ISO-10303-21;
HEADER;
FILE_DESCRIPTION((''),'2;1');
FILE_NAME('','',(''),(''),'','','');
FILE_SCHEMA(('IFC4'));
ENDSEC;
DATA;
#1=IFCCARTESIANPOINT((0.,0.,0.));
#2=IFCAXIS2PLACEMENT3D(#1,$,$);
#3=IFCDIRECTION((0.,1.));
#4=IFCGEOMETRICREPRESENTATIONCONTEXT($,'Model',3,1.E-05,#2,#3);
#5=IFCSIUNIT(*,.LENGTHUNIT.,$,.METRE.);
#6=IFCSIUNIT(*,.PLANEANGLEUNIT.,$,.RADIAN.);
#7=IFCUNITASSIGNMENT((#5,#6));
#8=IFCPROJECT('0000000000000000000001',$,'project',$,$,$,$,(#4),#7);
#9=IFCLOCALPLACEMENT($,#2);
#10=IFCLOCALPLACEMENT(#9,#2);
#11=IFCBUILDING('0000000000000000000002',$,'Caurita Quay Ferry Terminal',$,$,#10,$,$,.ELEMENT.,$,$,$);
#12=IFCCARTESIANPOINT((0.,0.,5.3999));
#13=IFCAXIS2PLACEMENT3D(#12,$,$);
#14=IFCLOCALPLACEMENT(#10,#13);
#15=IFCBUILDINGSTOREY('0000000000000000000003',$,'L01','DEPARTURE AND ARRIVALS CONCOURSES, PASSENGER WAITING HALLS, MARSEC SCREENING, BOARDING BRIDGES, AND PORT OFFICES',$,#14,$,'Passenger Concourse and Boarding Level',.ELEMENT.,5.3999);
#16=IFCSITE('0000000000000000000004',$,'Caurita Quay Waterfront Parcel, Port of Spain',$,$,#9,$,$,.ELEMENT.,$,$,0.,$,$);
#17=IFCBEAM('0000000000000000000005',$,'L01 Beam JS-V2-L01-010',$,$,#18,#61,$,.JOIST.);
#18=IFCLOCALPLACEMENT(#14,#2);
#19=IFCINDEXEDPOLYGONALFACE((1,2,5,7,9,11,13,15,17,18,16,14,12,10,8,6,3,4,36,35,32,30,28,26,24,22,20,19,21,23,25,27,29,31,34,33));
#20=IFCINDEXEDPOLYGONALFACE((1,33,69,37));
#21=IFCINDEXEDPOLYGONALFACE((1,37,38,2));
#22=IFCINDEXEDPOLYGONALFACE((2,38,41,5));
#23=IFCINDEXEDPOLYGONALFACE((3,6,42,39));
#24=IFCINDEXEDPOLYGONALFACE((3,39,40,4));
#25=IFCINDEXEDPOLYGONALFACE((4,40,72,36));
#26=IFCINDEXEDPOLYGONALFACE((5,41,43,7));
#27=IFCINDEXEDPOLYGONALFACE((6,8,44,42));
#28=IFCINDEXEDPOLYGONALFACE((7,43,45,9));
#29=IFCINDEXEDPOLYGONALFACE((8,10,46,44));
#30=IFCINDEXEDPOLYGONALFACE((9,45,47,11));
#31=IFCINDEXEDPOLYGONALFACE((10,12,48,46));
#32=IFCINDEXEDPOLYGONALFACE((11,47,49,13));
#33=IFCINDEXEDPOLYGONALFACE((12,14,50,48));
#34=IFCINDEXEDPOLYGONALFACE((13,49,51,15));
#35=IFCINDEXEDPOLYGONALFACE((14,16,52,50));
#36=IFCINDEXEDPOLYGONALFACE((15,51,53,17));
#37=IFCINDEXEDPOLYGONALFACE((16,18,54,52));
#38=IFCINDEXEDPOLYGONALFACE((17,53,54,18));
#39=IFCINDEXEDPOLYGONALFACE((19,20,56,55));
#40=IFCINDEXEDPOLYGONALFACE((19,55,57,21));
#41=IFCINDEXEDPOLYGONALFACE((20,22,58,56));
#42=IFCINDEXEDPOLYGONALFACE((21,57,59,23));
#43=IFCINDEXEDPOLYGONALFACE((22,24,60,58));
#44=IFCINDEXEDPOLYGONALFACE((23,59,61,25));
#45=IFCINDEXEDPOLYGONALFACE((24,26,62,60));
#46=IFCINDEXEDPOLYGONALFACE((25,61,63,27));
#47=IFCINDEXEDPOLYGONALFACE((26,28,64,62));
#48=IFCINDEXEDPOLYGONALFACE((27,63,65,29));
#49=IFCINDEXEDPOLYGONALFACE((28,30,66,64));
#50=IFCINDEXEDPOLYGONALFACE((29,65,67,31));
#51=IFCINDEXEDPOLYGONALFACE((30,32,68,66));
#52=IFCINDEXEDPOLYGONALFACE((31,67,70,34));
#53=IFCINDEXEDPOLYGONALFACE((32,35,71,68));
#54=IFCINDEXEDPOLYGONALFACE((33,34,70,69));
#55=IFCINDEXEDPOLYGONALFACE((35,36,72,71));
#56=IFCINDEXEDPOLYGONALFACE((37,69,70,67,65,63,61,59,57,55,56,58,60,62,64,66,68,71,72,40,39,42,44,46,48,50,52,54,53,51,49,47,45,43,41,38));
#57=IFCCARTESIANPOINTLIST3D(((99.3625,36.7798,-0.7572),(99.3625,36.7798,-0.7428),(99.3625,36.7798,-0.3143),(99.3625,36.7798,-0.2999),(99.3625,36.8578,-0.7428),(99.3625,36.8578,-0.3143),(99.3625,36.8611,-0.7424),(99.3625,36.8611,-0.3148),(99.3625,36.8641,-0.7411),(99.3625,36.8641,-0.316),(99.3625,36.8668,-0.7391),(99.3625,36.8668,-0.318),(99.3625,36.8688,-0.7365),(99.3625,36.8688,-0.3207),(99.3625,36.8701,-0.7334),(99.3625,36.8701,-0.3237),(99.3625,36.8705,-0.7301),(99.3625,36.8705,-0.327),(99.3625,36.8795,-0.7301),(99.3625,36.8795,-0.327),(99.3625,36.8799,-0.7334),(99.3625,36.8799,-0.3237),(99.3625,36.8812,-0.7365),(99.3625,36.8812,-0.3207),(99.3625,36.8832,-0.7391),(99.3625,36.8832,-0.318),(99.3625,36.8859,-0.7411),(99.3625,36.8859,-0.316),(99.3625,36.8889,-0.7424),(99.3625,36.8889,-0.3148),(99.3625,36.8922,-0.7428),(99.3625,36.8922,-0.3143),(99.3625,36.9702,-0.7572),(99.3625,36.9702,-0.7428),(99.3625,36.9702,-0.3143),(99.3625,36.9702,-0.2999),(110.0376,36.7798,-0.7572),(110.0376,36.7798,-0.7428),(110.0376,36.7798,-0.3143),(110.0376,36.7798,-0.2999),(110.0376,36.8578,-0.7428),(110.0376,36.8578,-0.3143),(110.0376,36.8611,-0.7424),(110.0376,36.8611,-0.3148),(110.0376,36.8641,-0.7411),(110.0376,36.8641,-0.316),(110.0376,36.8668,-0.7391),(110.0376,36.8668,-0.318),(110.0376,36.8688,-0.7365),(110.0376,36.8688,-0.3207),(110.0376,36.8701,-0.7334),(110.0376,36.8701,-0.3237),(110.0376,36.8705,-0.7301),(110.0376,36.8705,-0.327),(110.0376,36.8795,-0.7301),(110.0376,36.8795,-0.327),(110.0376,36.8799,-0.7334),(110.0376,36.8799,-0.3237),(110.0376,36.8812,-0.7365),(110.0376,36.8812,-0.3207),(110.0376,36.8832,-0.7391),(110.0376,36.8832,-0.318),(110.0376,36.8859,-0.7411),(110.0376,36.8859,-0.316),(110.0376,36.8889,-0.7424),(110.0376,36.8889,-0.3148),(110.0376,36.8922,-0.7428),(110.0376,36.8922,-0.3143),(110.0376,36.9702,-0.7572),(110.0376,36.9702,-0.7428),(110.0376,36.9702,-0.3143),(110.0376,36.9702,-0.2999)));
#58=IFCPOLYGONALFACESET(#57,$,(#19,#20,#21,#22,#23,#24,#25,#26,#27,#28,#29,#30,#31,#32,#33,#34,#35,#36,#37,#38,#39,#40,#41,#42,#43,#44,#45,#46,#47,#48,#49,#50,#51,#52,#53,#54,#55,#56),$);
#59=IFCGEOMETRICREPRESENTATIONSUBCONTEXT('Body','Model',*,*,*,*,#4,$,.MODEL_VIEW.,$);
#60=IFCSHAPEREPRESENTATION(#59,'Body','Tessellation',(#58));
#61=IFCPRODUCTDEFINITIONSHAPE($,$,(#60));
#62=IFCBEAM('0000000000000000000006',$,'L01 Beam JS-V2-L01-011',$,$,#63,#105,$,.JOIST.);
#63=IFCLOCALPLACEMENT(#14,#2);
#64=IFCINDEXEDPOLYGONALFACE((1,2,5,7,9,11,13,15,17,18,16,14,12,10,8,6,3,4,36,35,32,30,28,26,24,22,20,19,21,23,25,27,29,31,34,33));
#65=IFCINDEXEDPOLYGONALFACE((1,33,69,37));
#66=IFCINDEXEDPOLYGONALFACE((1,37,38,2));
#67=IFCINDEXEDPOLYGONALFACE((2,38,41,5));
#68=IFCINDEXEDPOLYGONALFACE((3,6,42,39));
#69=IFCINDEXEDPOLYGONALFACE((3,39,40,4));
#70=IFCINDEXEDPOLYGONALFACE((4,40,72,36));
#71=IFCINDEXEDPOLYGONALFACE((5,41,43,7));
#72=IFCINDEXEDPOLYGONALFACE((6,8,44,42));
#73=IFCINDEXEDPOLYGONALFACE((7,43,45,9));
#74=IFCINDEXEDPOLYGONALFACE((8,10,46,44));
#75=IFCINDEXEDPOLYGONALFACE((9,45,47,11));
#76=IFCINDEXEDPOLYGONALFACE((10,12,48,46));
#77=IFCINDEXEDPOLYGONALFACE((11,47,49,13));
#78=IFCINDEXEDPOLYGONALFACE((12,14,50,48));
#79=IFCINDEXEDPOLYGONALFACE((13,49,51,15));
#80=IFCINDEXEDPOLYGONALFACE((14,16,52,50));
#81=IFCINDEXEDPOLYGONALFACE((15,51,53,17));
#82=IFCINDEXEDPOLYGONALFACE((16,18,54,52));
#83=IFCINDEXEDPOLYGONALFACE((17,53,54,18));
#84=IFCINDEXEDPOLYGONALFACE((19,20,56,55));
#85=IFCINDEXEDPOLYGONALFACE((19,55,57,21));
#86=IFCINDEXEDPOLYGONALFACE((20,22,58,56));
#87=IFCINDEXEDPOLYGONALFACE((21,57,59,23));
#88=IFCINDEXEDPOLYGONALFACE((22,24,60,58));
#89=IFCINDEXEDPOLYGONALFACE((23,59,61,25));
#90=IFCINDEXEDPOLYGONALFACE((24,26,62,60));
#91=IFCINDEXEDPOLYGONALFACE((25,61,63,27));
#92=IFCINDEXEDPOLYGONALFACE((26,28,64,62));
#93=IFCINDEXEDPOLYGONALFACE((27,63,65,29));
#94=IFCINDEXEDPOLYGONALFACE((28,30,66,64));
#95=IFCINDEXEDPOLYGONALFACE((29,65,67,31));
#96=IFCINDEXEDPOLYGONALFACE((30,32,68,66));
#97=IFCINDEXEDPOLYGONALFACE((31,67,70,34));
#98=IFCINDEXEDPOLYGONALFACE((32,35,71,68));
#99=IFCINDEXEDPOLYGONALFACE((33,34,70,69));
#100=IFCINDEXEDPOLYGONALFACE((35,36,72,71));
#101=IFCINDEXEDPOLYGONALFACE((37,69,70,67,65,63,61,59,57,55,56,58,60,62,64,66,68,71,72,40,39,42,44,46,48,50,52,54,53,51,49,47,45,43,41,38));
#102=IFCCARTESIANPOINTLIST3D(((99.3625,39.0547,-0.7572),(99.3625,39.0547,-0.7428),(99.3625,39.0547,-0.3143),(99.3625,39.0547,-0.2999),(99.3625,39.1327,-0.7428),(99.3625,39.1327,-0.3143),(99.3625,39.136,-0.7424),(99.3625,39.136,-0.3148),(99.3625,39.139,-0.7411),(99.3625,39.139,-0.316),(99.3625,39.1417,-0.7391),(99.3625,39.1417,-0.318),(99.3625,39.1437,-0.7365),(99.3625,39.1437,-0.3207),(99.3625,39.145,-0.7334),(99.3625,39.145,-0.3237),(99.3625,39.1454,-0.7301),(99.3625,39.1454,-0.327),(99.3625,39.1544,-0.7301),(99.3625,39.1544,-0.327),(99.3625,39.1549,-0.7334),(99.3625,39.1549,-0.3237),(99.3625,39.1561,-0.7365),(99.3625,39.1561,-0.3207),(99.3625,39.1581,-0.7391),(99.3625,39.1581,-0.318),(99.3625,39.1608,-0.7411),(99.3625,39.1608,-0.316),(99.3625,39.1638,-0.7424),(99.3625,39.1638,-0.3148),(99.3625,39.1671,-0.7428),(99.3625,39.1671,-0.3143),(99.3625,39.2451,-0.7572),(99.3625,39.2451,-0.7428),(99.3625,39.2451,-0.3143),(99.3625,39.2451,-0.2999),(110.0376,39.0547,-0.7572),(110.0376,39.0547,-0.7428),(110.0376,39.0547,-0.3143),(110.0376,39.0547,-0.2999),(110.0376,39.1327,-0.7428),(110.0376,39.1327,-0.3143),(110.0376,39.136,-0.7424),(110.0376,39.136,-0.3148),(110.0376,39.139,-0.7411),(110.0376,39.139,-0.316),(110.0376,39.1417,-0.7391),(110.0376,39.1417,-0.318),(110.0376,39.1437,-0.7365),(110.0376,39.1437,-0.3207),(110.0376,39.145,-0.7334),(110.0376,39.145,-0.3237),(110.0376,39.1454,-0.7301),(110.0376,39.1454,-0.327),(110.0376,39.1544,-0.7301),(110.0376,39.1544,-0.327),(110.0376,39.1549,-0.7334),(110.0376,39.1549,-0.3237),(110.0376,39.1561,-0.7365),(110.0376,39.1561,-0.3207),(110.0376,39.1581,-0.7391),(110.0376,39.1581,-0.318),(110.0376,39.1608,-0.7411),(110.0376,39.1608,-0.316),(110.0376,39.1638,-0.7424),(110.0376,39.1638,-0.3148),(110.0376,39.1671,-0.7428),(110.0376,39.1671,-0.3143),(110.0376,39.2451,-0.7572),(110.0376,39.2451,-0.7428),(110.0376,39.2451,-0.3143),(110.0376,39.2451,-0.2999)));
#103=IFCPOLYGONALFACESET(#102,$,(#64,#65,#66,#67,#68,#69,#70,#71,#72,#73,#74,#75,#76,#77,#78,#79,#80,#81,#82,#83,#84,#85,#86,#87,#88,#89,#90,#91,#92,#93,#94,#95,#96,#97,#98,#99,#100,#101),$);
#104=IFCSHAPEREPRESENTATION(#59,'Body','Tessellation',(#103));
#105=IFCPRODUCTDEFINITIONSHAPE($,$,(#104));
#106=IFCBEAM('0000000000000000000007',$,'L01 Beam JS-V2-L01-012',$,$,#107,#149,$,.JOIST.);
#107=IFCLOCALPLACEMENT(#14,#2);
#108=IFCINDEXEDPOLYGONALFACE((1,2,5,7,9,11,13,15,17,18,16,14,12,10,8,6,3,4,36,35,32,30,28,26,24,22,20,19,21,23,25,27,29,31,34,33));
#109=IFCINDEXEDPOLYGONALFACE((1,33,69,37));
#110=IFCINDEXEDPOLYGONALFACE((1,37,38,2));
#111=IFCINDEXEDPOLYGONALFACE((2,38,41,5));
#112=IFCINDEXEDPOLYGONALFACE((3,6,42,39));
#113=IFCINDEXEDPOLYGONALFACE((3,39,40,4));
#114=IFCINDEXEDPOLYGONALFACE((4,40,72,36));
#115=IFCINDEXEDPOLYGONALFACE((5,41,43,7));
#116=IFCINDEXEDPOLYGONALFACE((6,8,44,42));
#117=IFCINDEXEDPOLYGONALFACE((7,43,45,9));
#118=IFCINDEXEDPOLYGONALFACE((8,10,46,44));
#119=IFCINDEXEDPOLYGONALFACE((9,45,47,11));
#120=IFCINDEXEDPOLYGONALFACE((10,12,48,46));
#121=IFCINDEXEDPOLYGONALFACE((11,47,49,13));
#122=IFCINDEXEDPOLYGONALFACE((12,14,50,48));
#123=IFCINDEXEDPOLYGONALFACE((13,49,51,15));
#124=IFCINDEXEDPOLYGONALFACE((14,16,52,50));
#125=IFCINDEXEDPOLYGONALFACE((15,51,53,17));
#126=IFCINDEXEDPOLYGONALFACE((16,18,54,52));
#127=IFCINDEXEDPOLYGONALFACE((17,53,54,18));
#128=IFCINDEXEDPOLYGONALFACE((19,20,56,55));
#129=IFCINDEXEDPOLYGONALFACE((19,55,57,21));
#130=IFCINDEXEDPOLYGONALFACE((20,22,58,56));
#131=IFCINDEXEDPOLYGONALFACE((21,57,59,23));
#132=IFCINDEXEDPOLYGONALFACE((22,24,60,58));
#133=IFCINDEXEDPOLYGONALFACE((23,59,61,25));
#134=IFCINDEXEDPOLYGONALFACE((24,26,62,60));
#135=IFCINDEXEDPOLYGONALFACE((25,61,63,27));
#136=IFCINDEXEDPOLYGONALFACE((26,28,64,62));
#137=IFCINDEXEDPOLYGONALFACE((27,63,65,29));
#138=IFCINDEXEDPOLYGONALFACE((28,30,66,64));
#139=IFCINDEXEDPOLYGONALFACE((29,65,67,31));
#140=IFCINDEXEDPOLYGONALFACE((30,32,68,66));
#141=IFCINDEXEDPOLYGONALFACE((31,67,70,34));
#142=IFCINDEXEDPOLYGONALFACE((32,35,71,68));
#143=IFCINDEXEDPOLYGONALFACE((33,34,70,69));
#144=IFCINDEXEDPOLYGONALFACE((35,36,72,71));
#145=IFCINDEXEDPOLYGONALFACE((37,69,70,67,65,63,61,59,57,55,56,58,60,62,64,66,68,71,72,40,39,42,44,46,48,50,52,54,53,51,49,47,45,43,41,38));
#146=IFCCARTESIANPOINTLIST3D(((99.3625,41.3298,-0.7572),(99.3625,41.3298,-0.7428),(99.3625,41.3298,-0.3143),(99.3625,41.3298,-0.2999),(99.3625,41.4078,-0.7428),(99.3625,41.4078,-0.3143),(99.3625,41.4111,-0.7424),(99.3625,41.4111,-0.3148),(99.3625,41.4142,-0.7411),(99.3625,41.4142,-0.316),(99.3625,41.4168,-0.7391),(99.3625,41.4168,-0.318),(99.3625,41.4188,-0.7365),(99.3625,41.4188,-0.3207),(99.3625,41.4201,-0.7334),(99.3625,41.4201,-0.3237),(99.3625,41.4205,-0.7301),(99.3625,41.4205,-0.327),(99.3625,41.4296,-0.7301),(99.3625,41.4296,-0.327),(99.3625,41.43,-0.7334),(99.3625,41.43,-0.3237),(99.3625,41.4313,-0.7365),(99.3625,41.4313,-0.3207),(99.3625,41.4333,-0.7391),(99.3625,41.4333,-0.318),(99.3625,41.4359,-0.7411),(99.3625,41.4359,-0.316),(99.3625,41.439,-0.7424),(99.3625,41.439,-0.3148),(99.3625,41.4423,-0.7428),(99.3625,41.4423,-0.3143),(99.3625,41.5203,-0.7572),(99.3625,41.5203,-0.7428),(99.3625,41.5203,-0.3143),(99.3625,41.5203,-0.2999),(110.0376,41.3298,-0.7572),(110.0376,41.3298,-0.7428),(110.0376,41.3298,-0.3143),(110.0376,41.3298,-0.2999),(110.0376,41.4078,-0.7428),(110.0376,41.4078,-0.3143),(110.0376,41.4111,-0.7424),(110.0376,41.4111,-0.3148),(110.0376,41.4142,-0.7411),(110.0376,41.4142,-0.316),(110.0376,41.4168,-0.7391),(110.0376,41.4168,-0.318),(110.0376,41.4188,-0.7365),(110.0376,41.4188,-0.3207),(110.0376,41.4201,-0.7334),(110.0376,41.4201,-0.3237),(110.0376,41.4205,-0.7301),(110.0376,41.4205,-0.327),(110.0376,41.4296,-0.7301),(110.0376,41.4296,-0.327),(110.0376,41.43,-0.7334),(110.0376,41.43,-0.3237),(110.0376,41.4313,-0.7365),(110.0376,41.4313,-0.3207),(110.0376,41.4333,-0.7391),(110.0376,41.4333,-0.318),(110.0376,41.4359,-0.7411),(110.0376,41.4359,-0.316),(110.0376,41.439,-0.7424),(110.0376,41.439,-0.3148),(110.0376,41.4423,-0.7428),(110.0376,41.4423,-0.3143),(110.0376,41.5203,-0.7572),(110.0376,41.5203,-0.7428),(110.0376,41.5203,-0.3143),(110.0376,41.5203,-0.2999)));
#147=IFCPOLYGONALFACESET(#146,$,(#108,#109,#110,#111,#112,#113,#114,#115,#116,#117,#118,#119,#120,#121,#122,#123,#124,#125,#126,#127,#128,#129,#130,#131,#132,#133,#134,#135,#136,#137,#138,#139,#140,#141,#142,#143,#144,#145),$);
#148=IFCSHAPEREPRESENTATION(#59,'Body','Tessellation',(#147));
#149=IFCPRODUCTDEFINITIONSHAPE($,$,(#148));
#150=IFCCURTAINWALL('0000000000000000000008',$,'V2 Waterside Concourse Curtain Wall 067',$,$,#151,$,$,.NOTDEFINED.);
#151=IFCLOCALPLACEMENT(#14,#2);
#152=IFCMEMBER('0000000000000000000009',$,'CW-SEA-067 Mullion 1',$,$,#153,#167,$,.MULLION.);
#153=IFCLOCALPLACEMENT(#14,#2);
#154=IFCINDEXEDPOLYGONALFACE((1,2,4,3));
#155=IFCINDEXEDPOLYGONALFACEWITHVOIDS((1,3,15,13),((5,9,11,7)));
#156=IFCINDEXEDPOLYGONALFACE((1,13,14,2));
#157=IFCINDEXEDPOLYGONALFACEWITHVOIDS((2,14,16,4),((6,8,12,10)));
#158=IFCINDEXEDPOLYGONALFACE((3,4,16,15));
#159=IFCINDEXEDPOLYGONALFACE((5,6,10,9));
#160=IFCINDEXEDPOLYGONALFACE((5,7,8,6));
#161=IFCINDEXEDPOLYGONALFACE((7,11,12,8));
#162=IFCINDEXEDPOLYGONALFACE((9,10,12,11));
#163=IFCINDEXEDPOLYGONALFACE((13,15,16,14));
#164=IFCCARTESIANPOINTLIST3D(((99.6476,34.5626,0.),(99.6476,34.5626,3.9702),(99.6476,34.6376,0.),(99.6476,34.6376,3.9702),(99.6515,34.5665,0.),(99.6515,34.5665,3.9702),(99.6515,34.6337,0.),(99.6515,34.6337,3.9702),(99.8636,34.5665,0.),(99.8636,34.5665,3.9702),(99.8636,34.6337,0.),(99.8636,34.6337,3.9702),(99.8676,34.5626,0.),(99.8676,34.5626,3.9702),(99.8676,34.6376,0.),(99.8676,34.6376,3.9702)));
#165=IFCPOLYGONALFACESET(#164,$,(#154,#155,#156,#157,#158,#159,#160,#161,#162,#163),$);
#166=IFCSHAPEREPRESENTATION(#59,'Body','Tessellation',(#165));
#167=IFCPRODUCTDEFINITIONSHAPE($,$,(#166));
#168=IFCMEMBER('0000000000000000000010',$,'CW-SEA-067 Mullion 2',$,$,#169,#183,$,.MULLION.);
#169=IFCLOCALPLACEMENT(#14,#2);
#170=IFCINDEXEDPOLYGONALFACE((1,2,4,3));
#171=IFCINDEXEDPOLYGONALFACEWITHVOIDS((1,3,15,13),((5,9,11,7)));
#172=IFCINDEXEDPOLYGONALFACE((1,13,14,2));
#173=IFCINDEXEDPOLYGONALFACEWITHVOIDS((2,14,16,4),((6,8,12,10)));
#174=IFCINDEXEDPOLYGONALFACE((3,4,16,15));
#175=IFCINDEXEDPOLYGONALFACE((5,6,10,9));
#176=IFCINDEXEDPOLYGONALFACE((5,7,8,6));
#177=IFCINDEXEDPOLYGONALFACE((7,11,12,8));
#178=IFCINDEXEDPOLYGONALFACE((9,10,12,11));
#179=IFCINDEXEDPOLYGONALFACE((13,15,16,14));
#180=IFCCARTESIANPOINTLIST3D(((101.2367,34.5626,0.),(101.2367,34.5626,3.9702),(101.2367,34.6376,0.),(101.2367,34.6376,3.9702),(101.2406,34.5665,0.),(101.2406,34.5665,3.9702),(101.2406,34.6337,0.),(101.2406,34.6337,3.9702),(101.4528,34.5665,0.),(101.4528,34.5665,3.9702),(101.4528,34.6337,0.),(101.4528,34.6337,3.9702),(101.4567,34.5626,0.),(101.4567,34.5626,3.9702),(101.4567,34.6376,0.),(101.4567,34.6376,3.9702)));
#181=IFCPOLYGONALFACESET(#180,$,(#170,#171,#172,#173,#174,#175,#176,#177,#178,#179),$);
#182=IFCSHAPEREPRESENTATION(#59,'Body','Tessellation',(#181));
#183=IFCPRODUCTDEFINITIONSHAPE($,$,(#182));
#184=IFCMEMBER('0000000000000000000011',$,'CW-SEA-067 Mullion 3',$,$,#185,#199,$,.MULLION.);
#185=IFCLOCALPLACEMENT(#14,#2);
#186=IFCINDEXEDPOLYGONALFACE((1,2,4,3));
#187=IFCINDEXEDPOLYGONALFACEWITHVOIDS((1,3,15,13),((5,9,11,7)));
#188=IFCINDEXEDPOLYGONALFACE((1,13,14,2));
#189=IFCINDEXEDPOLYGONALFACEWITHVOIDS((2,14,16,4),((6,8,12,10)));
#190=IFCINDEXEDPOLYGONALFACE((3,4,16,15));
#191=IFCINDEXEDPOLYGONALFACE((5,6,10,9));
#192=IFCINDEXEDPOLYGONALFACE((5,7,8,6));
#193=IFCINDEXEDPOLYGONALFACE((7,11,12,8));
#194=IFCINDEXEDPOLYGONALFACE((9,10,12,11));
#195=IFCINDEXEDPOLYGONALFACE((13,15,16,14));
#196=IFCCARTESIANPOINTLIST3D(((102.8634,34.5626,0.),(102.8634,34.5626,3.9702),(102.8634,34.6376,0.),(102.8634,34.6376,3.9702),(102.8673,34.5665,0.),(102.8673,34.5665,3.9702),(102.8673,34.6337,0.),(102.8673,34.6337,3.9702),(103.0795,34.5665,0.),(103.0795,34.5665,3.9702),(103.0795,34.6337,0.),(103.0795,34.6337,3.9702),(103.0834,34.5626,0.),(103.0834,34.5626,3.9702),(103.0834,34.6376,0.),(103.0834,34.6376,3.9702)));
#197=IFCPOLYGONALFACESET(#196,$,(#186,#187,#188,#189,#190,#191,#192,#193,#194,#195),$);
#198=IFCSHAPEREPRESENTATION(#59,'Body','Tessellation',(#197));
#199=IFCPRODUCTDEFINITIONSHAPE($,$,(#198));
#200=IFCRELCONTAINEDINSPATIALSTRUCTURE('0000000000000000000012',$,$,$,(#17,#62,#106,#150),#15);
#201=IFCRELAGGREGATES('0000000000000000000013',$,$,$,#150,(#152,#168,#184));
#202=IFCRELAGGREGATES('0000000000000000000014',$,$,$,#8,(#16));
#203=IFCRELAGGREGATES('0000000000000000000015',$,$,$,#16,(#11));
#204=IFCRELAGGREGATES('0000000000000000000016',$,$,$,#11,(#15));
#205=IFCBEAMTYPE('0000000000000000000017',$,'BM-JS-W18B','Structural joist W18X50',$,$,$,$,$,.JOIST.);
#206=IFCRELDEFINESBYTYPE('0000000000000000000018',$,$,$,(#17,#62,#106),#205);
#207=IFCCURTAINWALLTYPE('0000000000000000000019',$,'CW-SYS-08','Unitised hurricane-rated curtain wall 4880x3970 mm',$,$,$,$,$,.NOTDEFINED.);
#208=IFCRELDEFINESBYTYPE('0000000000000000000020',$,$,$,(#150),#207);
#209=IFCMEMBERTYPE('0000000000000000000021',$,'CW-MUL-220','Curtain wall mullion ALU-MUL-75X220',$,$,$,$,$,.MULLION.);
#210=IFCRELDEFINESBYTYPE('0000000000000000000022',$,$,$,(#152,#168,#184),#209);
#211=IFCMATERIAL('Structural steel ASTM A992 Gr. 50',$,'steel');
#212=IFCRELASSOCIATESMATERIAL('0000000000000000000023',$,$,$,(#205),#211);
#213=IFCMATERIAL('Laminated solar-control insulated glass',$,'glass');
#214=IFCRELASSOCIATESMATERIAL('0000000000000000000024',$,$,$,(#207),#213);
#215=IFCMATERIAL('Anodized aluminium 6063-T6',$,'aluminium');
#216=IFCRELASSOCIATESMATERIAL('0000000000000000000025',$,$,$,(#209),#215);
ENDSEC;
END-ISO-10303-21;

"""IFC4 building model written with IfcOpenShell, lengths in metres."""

from ifc_helpers import new_model, si_unit, direction, frame, origin, origin_2d, place, context, subcontext, project, spatial, hollow_rectangle, i_section, extrude, material, material_profile, profile_set, type_object, element, aggregate, save


model = new_model("IFC4")

# Units and contexts
model_context = context("Model", 3, precision=1e-05, world=origin(), true_north=direction((0.0, 1.0)))
body_context = subcontext(model_context, "Body", "Model", "MODEL_VIEW")
ifc_project = project(units=[si_unit("LENGTHUNIT", "METRE"), si_unit("PLANEANGLEUNIT", "RADIAN")], contexts=[model_context])

# Site, building, storey
site_placement = place(None, origin())
site = spatial("IfcSite", under=ifc_project, at=site_placement, Name="Caurita Quay Waterfront Parcel, Port of Spain", CompositionType="ELEMENT", RefElevation=0.0)
building_placement = place(site_placement, origin())
building = spatial("IfcBuilding", under=site, at=building_placement, Name="Caurita Quay Ferry Terminal", CompositionType="ELEMENT")
storey_placement = place(building_placement, frame((0.0, 0.0, 5.3999)))
storey = spatial("IfcBuildingStorey", under=building, at=storey_placement, Name="L01", Description="DEPARTURE AND ARRIVALS CONCOURSES, PASSENGER WAITING HALLS, MARSEC SCREENING, BOARDING BRIDGES, AND PORT OFFICES", LongName="Passenger Concourse and Boarding Level", CompositionType="ELEMENT", Elevation=5.3999)

# Beams
ifc_material_1 = material(Name="Structural steel ASTM A992 Gr. 50", Category="steel")
ifc_material_profile_1 = material_profile(ifc_material_1, i_section(OverallWidth=0.1904, OverallDepth=0.4573, WebThickness=0.009, FlangeThickness=0.0144, FilletRadius=0.0127, at=origin_2d()), Name="W18X50")
ifc_profile_set_1 = profile_set([ifc_material_profile_1], Name="Structural steel ASTM A992 Gr. 50")
beam_type_1 = type_object("IfcBeamType", Name="BM-JS-W18B", Description="Structural joist W18X50", PredefinedType="JOIST", material=ifc_profile_set_1)
for number, where, z_axis, x_axis, name in (
    (1, (99.3625, 36.875, -0.5286), (1.0, 0.0, 0.0), (0.0, 1.0, 0.0), "L01 Beam JS-V2-L01-010"),
    (2, (99.3625, 39.1499, -0.5286), (1.0, 0.0, 0.0), (0.0, 1.0, 0.0), "L01 Beam JS-V2-L01-011"),
    (3, (99.3625, 41.425, -0.5286), (1.0, 0.0, 0.0), (0.0, 1.0, 0.0), "L01 Beam JS-V2-L01-012"),
):
    element("IfcBeam", number, at=place(storey_placement, frame(where, z_axis=z_axis, x_axis=x_axis)), inside=storey, type_object=beam_type_1, Name=name, PredefinedType="JOIST", context=body_context, shape_type="SweptSolid", body=[
        extrude(i_section(OverallWidth=0.1904, OverallDepth=0.4573, WebThickness=0.009, FlangeThickness=0.0144, FilletRadius=0.0127, at=origin_2d()), origin(), (0.0, 0.0, 1.0), 10.675),
    ])

# Curtain wall, members
ifc_material_2 = material(Name="Laminated solar-control insulated glass", Category="glass")
curtain_wall_type = type_object("IfcCurtainWallType", Name="CW-SYS-08", Description="Unitised hurricane-rated curtain wall 4880x3970 mm", PredefinedType="NOTDEFINED", material=ifc_material_2)
curtain_wall_placement = place(storey_placement, origin())
curtain_wall = element("IfcCurtainWall", 4, at=curtain_wall_placement, inside=storey, type_object=curtain_wall_type, Name="V2 Waterside Concourse Curtain Wall 067", PredefinedType="NOTDEFINED")
ifc_material_3 = material(Name="Anodized aluminium 6063-T6", Category="aluminium")
ifc_material_profile_2 = material_profile(ifc_material_3, hollow_rectangle(XDim=0.075, YDim=0.22, WallThickness=0.0039, at=origin_2d()), Name="ALU-MUL-75X220")
ifc_profile_set_2 = profile_set([ifc_material_profile_2], Name="Anodized aluminium 6063-T6")
member_type_1 = type_object("IfcMemberType", Name="CW-MUL-220", Description="Curtain wall mullion ALU-MUL-75X220", PredefinedType="MULLION", material=ifc_profile_set_2)
member_1_placement = place(storey_placement, frame((99.7576, 34.6001, 0.0), z_axis=(0.0, 0.0, 1.0), x_axis=(0.0, 1.0, 0.0)))
member_1 = element("IfcMember", 5, at=member_1_placement, type_object=member_type_1, Name="CW-SEA-067 Mullion 1", PredefinedType="MULLION", context=body_context, shape_type="SweptSolid", body=[
    extrude(hollow_rectangle(XDim=0.075, YDim=0.22, WallThickness=0.0039, at=origin_2d()), origin(), (0.0, 0.0, 1.0), 3.9702),
])
member_2_placement = place(storey_placement, frame((101.3467, 34.6001, 0.0), z_axis=(0.0, 0.0, 1.0), x_axis=(0.0, 1.0, 0.0)))
member_2 = element("IfcMember", 6, at=member_2_placement, type_object=member_type_1, Name="CW-SEA-067 Mullion 2", PredefinedType="MULLION", context=body_context, shape_type="SweptSolid", body=[
    extrude(hollow_rectangle(XDim=0.075, YDim=0.22, WallThickness=0.0039, at=origin_2d()), origin(), (0.0, 0.0, 1.0), 3.9702),
])
member_3_placement = place(storey_placement, frame((102.9734, 34.6001, 0.0), z_axis=(0.0, 0.0, 1.0), x_axis=(0.0, 1.0, 0.0)))
member_3 = element("IfcMember", 7, at=member_3_placement, type_object=member_type_1, Name="CW-SEA-067 Mullion 3", PredefinedType="MULLION", context=body_context, shape_type="SweptSolid", body=[
    extrude(hollow_rectangle(XDim=0.075, YDim=0.22, WallThickness=0.0039, at=origin_2d()), origin(), (0.0, 0.0, 1.0), 3.9702),
])
aggregate(curtain_wall, [member_1, member_2, member_3])

save(model, "model.ifc")
